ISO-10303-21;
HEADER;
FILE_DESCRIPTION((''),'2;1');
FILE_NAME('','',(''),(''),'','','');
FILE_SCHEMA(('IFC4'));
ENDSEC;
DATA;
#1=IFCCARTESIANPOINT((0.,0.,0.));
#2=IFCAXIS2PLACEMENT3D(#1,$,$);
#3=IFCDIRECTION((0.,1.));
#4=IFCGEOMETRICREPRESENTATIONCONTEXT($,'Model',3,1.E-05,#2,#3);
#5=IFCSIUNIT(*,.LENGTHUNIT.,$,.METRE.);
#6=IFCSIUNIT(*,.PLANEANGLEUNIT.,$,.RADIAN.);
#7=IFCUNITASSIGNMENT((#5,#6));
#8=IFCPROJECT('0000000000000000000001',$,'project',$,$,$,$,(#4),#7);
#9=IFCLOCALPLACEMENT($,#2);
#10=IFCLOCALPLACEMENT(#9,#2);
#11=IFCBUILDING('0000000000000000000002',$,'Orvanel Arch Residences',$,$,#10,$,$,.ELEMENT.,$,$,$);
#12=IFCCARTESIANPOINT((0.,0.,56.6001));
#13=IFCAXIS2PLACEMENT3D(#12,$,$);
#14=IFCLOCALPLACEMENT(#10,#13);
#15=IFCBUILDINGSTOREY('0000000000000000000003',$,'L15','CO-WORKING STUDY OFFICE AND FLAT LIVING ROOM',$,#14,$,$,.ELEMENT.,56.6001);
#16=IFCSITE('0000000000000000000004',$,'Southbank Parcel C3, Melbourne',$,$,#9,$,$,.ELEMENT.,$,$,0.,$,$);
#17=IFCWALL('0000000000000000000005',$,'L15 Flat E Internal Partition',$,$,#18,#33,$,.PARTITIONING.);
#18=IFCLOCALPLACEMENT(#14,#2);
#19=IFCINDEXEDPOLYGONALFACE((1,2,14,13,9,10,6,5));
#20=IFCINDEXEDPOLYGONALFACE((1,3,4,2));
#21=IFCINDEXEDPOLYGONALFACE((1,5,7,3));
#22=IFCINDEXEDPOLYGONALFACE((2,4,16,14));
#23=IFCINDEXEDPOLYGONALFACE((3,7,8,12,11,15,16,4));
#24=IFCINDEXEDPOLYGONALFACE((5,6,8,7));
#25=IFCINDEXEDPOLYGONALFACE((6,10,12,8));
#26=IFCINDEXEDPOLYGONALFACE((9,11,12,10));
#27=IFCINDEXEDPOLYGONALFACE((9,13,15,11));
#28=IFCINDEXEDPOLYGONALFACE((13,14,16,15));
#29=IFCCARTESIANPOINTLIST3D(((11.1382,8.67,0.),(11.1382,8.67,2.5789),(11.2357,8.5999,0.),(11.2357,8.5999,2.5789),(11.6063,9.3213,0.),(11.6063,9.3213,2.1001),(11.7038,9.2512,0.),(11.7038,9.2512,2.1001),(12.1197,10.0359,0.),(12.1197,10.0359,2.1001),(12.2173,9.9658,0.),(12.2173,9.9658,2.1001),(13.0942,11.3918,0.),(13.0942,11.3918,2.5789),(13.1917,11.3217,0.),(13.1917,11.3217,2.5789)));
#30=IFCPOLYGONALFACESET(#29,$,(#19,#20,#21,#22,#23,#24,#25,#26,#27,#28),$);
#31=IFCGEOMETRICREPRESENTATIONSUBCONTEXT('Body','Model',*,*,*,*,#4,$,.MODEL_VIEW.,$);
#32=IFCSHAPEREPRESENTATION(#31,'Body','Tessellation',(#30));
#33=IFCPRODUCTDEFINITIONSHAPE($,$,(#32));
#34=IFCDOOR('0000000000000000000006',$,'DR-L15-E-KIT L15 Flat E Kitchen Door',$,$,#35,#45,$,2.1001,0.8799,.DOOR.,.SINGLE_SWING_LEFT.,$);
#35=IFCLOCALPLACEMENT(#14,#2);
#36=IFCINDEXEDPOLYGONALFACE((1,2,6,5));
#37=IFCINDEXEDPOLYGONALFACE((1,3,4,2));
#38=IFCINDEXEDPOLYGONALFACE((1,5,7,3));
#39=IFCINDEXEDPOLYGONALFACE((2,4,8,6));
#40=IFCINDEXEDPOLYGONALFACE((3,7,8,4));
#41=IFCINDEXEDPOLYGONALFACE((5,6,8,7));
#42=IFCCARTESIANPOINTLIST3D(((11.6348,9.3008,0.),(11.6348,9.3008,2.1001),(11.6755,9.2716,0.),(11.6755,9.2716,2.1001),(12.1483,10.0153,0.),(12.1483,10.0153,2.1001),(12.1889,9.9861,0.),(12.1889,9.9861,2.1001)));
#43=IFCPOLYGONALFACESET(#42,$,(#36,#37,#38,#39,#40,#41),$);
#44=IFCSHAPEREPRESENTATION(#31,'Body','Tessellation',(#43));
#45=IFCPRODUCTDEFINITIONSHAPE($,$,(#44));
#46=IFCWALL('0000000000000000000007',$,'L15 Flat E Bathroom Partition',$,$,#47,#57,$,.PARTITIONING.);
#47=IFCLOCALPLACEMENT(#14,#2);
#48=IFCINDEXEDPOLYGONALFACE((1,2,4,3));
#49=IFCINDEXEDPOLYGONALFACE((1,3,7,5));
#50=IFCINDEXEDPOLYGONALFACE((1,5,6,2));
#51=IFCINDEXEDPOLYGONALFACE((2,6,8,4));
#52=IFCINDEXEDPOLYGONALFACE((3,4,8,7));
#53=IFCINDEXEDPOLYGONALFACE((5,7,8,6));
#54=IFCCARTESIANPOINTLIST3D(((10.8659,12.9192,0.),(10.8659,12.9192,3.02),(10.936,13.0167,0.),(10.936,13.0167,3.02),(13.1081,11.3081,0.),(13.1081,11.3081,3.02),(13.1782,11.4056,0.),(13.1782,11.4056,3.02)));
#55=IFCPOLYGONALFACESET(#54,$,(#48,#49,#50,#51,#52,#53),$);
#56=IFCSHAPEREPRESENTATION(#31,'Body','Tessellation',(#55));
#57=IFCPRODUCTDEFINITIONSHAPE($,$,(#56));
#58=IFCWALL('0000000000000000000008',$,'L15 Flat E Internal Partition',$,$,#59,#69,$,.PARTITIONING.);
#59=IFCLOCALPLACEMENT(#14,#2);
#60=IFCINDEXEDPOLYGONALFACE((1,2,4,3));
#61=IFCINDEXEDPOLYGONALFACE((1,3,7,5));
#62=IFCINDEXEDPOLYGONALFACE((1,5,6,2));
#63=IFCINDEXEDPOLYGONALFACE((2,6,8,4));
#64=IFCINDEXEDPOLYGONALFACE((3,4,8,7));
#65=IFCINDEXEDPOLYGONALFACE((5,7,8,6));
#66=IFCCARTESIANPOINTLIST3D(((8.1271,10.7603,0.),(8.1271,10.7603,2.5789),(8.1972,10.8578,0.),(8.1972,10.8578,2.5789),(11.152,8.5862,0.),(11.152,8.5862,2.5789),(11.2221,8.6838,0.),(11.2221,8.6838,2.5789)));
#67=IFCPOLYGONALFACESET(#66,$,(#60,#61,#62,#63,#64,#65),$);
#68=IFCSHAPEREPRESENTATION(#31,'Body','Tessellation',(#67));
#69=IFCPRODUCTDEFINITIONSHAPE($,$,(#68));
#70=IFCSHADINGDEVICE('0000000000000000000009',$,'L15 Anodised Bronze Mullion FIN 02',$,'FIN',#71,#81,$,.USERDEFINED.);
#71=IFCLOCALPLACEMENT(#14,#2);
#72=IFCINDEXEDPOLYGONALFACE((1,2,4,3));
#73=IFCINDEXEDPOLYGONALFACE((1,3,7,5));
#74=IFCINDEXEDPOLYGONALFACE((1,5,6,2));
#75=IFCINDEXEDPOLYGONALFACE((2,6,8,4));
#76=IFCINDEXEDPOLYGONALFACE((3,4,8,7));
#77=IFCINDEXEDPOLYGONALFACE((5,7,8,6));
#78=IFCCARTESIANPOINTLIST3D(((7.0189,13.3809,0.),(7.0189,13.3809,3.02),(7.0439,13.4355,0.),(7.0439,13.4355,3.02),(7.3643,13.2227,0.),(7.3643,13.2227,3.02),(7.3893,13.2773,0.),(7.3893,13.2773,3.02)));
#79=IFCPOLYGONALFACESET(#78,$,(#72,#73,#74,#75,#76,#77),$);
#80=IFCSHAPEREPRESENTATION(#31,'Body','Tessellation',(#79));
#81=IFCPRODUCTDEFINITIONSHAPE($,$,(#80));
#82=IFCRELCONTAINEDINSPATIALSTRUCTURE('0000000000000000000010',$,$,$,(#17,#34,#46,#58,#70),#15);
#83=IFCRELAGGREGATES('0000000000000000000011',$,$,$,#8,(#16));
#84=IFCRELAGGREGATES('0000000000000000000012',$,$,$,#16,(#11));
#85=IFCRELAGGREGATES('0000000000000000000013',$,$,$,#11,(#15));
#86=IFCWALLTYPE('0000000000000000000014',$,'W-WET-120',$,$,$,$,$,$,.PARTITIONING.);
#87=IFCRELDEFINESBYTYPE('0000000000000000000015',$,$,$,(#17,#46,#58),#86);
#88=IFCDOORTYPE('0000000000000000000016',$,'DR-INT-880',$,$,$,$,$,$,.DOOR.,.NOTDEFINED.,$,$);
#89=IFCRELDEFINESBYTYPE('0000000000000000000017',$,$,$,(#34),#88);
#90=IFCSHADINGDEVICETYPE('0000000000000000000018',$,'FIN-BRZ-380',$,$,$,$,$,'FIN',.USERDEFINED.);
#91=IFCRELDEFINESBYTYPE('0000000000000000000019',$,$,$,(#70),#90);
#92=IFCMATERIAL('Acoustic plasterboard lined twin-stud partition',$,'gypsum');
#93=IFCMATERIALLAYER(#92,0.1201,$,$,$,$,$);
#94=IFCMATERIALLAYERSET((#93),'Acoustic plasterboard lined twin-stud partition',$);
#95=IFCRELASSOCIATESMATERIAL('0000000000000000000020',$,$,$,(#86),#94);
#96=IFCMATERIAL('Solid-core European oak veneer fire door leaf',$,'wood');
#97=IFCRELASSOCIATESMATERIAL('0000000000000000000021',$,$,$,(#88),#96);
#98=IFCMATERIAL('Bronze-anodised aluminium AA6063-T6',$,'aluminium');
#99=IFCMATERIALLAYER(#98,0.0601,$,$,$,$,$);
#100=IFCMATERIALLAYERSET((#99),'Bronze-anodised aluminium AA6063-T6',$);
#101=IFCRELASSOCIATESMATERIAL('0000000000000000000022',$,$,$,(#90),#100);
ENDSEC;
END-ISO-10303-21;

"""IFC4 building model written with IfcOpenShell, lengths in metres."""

from ifc_helpers import new_model, si_unit, direction, frame, frame_2d, origin, origin_2d, place, context, subcontext, project, spatial, rectangle, extrude, material, layer, layer_set, type_object, element, fill, save


model = new_model("IFC4")

# Units and contexts
model_context = context("Model", 3, precision=1e-05, world=origin(), true_north=direction((0.0, 1.0)))
body_context = subcontext(model_context, "Body", "Model", "MODEL_VIEW")
ifc_project = project(units=[si_unit("LENGTHUNIT", "METRE"), si_unit("PLANEANGLEUNIT", "RADIAN")], contexts=[model_context])

# Site, building, storey
site_placement = place(None, origin())
site = spatial("IfcSite", under=ifc_project, at=site_placement, Name="Southbank Parcel C3, Melbourne", CompositionType="ELEMENT", RefElevation=0.0)
building_placement = place(site_placement, origin())
building = spatial("IfcBuilding", under=site, at=building_placement, Name="Orvanel Arch Residences", CompositionType="ELEMENT")
storey_placement = place(building_placement, frame((0.0, 0.0, 56.6001)))
storey = spatial("IfcBuildingStorey", under=building, at=storey_placement, Name="L15", Description="CO-WORKING STUDY OFFICE AND FLAT LIVING ROOM", CompositionType="ELEMENT", Elevation=56.6001)

# Shared definitions
ifc_material_1 = material(Name="Bronze-anodised aluminium AA6063-T6", Category="aluminium")

# Shared definitions
ifc_material_2 = material(Name="Acoustic plasterboard lined twin-stud partition", Category="gypsum")

# Wall, opening, door
ifc_layer_1 = layer(ifc_material_2, 0.1201)
ifc_layer_set_1 = layer_set([ifc_layer_1], Name="Acoustic plasterboard lined twin-stud partition")
wall_type_1 = type_object("IfcWallType", Name="W-WET-120", PredefinedType="PARTITIONING", material=ifc_layer_set_1)
ifc_material_3 = material(Name="Solid-core European oak veneer fire door leaf", Category="wood")
wall_1_placement = place(storey_placement, frame((11.187, 8.635, 0.0), z_axis=(0.0, 0.0, 1.0), x_axis=(0.583572, 0.812062, 0.0)))
wall_1 = element("IfcWall", 1, at=wall_1_placement, inside=storey, type_object=wall_type_1, Name="L15 Flat E Internal Partition", PredefinedType="PARTITIONING", context=body_context, shape_type="SweptSolid", body=[
    extrude(rectangle(XDim=3.3518, YDim=0.1201, at=frame_2d((1.6758, 0.0))), origin(), (0.0, 0.0, 1.0), 2.5789),
])
opening_1_placement = place(wall_1_placement, frame((0.802, 0.0, 0.0)))
opening_1 = element("IfcOpeningElement", 2, at=opening_1_placement, cuts=wall_1, PredefinedType="OPENING", context=body_context, shape_type="SweptSolid", body=[
    extrude(rectangle(XDim=0.8799, YDim=2.1001, at=frame_2d((0.4399, 1.05))), frame((0.0, 0.0701, 0.0), z_axis=(0.0, -1.0, 0.0), x_axis=(1.0, 0.0, 0.0)), (0.0, 0.0, 1.0), 0.1401),
])
door_type_1 = type_object("IfcDoorType", Name="DR-INT-880", OperationType="NOTDEFINED", PredefinedType="DOOR", material=ifc_material_3)
door_1_placement = place(opening_1_placement, origin())
door_1 = element("IfcDoor", 3, at=door_1_placement, inside=storey, type_object=door_type_1, Name="DR-L15-E-KIT L15 Flat E Kitchen Door", OperationType="SINGLE_SWING_LEFT", OverallHeight=2.1001, OverallWidth=0.8799, PredefinedType="DOOR", context=body_context, shape_type="SweptSolid", body=[
    extrude(rectangle(XDim=0.8799, YDim=2.1001, at=frame_2d((0.4399, 1.05))), frame((0.0, 0.0249, 0.0), z_axis=(0.0, -1.0, 0.0), x_axis=(1.0, 0.0, 0.0)), (0.0, 0.0, 1.0), 0.05),
])
fill(opening_1, door_1)

# Walls
wall_2_placement = place(storey_placement, frame((13.1431, 11.3569, 0.0), z_axis=(0.0, 0.0, 1.0), x_axis=(-0.812099, 0.583519, 0.0)))
element("IfcWall", 4, at=wall_2_placement, inside=storey, type_object=wall_type_1, Name="L15 Flat E Bathroom Partition", PredefinedType="PARTITIONING", context=body_context, shape_type="SweptSolid", body=[
    extrude(rectangle(XDim=2.761, YDim=0.1201, at=frame_2d((1.3804, 0.0))), origin(), (0.0, 0.0, 1.0), 3.02),
])
wall_3_placement = place(storey_placement, frame((11.187, 8.635, 0.0), z_axis=(0.0, 0.0, 1.0), x_axis=(-0.812025, 0.583623, 0.0)))
element("IfcWall", 5, at=wall_3_placement, inside=storey, type_object=wall_type_1, Name="L15 Flat E Internal Partition", PredefinedType="PARTITIONING", context=body_context, shape_type="SweptSolid", body=[
    extrude(rectangle(XDim=3.7251, YDim=0.1201, at=frame_2d((1.8625, 0.0))), origin(), (0.0, 0.0, 1.0), 2.5789),
])

# Shading device
ifc_layer_2 = layer(ifc_material_1, 0.0601)
ifc_layer_set_2 = layer_set([ifc_layer_2], Name="Bronze-anodised aluminium AA6063-T6")
shading_device_type = type_object("IfcShadingDeviceType", Name="FIN-BRZ-380", ElementType="FIN", PredefinedType="USERDEFINED", material=ifc_layer_set_2)
shading_device_placement = place(storey_placement, frame((7.2041, 13.3291, 0.0), z_axis=(0.0, 0.0, 1.0), x_axis=(-0.909236, 0.416281, 0.0)))
element("IfcShadingDevice", 6, at=shading_device_placement, inside=storey, type_object=shading_device_type, Name="L15 Anodised Bronze Mullion FIN 02", ObjectType="FIN", PredefinedType="USERDEFINED", context=body_context, shape_type="SweptSolid", body=[
    extrude(rectangle(XDim=0.3799, YDim=0.0601, at=origin_2d()), origin(), (0.0, 0.0, 1.0), 3.02),
])

save(model, "model.ifc")
